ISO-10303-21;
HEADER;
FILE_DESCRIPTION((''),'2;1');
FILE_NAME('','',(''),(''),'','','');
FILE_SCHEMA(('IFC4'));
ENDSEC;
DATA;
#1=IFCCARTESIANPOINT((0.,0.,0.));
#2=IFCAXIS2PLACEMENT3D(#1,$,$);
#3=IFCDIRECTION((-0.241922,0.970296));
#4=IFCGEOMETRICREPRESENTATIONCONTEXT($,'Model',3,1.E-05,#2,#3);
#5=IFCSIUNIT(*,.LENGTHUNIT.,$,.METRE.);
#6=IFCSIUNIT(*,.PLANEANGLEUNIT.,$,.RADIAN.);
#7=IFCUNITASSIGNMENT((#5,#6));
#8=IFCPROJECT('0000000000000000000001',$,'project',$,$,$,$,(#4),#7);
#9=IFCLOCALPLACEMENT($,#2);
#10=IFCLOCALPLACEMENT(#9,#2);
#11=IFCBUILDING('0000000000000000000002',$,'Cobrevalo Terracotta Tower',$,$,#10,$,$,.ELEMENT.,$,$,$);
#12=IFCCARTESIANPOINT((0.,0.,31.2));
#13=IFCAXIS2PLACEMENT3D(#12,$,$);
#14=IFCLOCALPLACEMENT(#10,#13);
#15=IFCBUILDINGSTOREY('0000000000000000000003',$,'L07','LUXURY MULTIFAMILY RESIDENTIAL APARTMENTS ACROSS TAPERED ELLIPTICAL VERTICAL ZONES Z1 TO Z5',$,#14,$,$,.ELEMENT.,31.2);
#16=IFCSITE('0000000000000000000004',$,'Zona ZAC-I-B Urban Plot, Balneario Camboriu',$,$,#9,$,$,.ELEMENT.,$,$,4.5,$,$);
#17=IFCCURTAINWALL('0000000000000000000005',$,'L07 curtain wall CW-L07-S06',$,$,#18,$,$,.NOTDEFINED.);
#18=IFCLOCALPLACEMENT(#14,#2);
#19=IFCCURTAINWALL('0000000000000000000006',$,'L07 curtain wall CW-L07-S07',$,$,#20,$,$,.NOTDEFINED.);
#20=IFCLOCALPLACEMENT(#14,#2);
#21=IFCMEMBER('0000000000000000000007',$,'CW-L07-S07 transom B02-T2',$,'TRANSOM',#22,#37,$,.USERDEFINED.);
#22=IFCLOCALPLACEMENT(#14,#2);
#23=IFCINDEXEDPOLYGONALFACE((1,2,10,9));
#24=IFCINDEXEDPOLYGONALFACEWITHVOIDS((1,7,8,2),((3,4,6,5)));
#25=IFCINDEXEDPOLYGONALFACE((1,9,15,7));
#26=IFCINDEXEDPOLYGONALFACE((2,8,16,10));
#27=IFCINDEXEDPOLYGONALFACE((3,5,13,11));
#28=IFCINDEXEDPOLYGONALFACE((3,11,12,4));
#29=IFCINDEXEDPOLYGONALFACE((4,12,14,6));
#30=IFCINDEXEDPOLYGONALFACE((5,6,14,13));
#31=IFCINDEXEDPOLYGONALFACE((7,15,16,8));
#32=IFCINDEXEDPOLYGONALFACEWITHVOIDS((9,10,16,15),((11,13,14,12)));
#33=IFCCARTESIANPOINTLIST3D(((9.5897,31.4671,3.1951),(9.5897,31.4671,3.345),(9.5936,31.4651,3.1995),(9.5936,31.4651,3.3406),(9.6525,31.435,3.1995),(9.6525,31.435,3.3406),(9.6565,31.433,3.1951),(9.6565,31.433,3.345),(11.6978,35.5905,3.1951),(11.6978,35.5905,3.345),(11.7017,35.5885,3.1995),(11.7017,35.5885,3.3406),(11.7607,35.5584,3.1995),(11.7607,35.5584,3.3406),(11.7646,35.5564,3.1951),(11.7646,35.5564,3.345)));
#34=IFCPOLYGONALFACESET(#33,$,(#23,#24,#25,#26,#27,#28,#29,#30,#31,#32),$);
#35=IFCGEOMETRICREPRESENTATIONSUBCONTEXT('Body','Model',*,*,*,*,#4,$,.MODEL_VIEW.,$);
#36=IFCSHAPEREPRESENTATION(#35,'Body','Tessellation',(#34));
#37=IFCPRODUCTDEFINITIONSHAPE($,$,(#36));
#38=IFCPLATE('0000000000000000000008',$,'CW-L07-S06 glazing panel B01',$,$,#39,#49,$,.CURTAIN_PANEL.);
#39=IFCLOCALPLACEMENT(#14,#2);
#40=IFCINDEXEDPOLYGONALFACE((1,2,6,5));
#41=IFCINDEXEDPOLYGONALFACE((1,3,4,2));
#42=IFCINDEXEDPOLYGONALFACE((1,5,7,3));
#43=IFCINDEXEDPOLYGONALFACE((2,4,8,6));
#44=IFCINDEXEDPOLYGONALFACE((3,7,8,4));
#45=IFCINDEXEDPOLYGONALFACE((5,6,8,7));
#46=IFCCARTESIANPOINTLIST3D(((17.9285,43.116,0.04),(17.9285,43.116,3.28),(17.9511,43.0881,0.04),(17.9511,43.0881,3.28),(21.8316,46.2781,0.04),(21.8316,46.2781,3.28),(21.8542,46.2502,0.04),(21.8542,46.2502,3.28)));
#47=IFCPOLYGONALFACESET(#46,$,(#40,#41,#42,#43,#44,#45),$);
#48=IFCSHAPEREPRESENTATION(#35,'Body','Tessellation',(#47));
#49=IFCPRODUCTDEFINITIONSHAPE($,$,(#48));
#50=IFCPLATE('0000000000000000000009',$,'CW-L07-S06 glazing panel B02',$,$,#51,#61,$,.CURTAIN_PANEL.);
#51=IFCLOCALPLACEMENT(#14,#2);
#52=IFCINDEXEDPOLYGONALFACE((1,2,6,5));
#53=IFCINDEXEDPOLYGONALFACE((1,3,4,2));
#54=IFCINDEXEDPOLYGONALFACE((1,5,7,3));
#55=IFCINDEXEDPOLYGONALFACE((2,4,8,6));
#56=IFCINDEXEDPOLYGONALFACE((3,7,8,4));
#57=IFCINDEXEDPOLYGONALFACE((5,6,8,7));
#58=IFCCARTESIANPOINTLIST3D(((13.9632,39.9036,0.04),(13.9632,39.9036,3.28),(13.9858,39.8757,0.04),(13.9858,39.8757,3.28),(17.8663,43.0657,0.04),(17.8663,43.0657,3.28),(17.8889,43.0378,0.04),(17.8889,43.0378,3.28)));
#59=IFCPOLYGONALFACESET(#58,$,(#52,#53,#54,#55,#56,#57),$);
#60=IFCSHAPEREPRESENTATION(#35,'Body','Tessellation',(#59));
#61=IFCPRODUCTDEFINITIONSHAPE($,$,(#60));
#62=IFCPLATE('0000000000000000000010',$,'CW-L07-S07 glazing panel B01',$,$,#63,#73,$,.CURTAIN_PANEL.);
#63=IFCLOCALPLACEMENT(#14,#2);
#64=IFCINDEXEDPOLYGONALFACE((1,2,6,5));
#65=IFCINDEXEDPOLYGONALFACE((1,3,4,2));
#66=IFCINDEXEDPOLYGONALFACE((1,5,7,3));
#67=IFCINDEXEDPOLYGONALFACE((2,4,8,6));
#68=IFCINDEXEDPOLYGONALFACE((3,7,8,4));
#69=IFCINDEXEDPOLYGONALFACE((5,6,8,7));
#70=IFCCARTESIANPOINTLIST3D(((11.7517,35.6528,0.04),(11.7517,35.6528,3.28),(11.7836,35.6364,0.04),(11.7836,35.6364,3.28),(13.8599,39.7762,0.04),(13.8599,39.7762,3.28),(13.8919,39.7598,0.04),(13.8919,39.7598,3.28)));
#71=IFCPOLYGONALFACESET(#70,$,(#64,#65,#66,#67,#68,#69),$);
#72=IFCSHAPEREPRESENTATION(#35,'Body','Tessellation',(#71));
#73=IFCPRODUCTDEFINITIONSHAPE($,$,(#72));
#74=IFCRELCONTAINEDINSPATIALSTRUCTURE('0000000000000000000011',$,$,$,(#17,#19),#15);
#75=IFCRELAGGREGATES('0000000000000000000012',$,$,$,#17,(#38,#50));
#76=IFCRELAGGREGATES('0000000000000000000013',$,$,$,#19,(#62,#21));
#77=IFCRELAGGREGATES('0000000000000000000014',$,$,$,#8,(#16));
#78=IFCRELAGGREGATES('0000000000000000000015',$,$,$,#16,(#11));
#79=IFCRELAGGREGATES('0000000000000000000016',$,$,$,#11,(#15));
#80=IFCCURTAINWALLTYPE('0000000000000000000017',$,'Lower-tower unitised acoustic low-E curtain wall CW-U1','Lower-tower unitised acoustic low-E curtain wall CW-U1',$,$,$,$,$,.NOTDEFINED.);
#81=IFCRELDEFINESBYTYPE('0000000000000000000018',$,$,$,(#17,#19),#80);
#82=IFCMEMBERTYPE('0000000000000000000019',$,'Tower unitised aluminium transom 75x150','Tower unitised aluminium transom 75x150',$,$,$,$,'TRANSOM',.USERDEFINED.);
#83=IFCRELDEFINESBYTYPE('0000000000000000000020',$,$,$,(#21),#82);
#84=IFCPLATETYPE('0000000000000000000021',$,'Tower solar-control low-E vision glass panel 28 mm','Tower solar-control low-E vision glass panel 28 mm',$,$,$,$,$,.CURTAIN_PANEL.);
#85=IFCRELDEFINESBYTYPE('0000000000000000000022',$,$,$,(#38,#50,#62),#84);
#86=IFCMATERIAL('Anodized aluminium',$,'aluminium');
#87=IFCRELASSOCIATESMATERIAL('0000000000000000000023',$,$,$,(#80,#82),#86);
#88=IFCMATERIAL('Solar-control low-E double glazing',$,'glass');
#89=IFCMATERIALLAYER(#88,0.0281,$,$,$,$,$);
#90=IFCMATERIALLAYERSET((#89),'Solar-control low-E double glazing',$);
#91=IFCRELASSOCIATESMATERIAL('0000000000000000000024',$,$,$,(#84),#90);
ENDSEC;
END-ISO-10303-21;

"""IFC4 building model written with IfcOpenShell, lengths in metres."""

from ifc_helpers import new_model, si_unit, direction, frame, origin, origin_2d, place, context, subcontext, project, spatial, rectangle, hollow_rectangle, extrude, source, transform, mapped, material, layer, layer_set, material_profile, profile_set, type_object, element, aggregate, save


model = new_model("IFC4")

# Units and contexts
model_context = context("Model", 3, precision=1e-05, world=origin(), true_north=direction((-0.241922, 0.970296)))
body_context = subcontext(model_context, "Body", "Model", "MODEL_VIEW")
ifc_project = project(units=[si_unit("LENGTHUNIT", "METRE"), si_unit("PLANEANGLEUNIT", "RADIAN")], contexts=[model_context])

# Site, building, storey
site_placement = place(None, origin())
site = spatial("IfcSite", under=ifc_project, at=site_placement, Name="Zona ZAC-I-B Urban Plot, Balneario Camboriu", CompositionType="ELEMENT", RefElevation=4.5)
building_placement = place(site_placement, origin())
building = spatial("IfcBuilding", under=site, at=building_placement, Name="Cobrevalo Terracotta Tower", CompositionType="ELEMENT")
storey_placement = place(building_placement, frame((0.0, 0.0, 31.2)))
storey = spatial("IfcBuildingStorey", under=building, at=storey_placement, Name="L07", Description="LUXURY MULTIFAMILY RESIDENTIAL APARTMENTS ACROSS TAPERED ELLIPTICAL VERTICAL ZONES Z1 TO Z5", CompositionType="ELEMENT", Elevation=31.2)

# Curtain walls
ifc_material_1 = material(Name="Anodized aluminium", Category="aluminium")
curtain_wall_type = type_object("IfcCurtainWallType", Name="Lower-tower unitised acoustic low-E curtain wall CW-U1", Description="Lower-tower unitised acoustic low-E curtain wall CW-U1", PredefinedType="NOTDEFINED", material=ifc_material_1)
curtain_wall_1_placement = place(storey_placement, origin())
curtain_wall_1 = element("IfcCurtainWall", 1, at=curtain_wall_1_placement, inside=storey, type_object=curtain_wall_type, Name="L07 curtain wall CW-L07-S06", PredefinedType="NOTDEFINED")
curtain_wall_2_placement = place(storey_placement, origin())
curtain_wall_2 = element("IfcCurtainWall", 2, at=curtain_wall_2_placement, inside=storey, type_object=curtain_wall_type, Name="L07 curtain wall CW-L07-S07", PredefinedType="NOTDEFINED")

# Member
ifc_material_profile_1 = material_profile(ifc_material_1, hollow_rectangle(XDim=0.075, YDim=0.1499, WallThickness=0.0044, at=origin_2d()), Name="CWT 75x150")
ifc_profile_set_1 = profile_set([ifc_material_profile_1], Name="Anodized aluminium")
member_type_1 = type_object("IfcMemberType", Name="Tower unitised aluminium transom 75x150", Description="Tower unitised aluminium transom 75x150", ElementType="TRANSOM", PredefinedType="USERDEFINED", material=ifc_profile_set_1)
shared_shape_1 = source(origin(), body_context, "Body", "SweptSolid", [
    extrude(hollow_rectangle(XDim=0.075, YDim=0.1499, WallThickness=0.0044, at=origin_2d()), origin(), (0.0, 0.0, 1.0), 4.6311),
])
member_1_placement = place(storey_placement, frame((11.7312, 35.5735, 3.27), z_axis=(-0.455209, -0.890385, 0.0), x_axis=(0.890385, -0.455209, 0.0)))
member_1 = element("IfcMember", 3, at=member_1_placement, type_object=member_type_1, Name="CW-L07-S07 transom B02-T2", ObjectType="TRANSOM", PredefinedType="USERDEFINED", context=body_context, shape_type="MappedRepresentation", body=[
    mapped(shared_shape_1, transform((0.0, 0.0, 0.0), scale=1.0)),
])

# Plates
ifc_material_2 = material(Name="Solar-control low-E double glazing", Category="glass")
ifc_layer = layer(ifc_material_2, 0.0281)
ifc_layer_set = layer_set([ifc_layer], Name="Solar-control low-E double glazing")
plate_type = type_object("IfcPlateType", Name="Tower solar-control low-E vision glass panel 28 mm", Description="Tower solar-control low-E vision glass panel 28 mm", PredefinedType="CURTAIN_PANEL", material=ifc_layer_set)
shared_shape_2 = source(origin(), body_context, "Body", "SweptSolid", [
    extrude(rectangle(XDim=5.0232, YDim=0.0359, at=origin_2d()), origin(), (0.0, 0.0, 1.0), 3.24),
])
plate_1_placement = place(storey_placement, frame((19.8914, 44.6831, 0.04), z_axis=(0.0, 0.0, 1.0), x_axis=(-0.777008, -0.629491, 0.0)))
plate_1 = element("IfcPlate", 4, at=plate_1_placement, type_object=plate_type, Name="CW-L07-S06 glazing panel B01", PredefinedType="CURTAIN_PANEL", context=body_context, shape_type="MappedRepresentation", body=[
    mapped(shared_shape_2, transform((0.0, 0.0, 0.0), scale=1.0)),
])
plate_2_placement = place(storey_placement, frame((15.926, 41.4707, 0.04), z_axis=(0.0, 0.0, 1.0), x_axis=(-0.777008, -0.629491, 0.0)))
plate_2 = element("IfcPlate", 5, at=plate_2_placement, type_object=plate_type, Name="CW-L07-S06 glazing panel B02", PredefinedType="CURTAIN_PANEL", context=body_context, shape_type="MappedRepresentation", body=[
    mapped(shared_shape_2, transform((0.0, 0.0, 0.0), scale=1.0)),
])
aggregate(curtain_wall_1, [plate_1, plate_2])
shared_shape_3 = source(origin(), body_context, "Body", "SweptSolid", [
    extrude(rectangle(XDim=4.6311, YDim=0.0359, at=origin_2d()), origin(), (0.0, 0.0, 1.0), 3.24),
])
plate_3_placement = place(storey_placement, frame((12.8218, 37.7063, 0.04), z_axis=(0.0, 0.0, 1.0), x_axis=(-0.455231, -0.890373, 0.0)))
plate_3 = element("IfcPlate", 6, at=plate_3_placement, type_object=plate_type, Name="CW-L07-S07 glazing panel B01", PredefinedType="CURTAIN_PANEL", context=body_context, shape_type="MappedRepresentation", body=[
    mapped(shared_shape_3, transform((0.0, 0.0, 0.0), scale=1.0)),
])
aggregate(curtain_wall_2, [plate_3, member_1])

save(model, "model.ifc")
